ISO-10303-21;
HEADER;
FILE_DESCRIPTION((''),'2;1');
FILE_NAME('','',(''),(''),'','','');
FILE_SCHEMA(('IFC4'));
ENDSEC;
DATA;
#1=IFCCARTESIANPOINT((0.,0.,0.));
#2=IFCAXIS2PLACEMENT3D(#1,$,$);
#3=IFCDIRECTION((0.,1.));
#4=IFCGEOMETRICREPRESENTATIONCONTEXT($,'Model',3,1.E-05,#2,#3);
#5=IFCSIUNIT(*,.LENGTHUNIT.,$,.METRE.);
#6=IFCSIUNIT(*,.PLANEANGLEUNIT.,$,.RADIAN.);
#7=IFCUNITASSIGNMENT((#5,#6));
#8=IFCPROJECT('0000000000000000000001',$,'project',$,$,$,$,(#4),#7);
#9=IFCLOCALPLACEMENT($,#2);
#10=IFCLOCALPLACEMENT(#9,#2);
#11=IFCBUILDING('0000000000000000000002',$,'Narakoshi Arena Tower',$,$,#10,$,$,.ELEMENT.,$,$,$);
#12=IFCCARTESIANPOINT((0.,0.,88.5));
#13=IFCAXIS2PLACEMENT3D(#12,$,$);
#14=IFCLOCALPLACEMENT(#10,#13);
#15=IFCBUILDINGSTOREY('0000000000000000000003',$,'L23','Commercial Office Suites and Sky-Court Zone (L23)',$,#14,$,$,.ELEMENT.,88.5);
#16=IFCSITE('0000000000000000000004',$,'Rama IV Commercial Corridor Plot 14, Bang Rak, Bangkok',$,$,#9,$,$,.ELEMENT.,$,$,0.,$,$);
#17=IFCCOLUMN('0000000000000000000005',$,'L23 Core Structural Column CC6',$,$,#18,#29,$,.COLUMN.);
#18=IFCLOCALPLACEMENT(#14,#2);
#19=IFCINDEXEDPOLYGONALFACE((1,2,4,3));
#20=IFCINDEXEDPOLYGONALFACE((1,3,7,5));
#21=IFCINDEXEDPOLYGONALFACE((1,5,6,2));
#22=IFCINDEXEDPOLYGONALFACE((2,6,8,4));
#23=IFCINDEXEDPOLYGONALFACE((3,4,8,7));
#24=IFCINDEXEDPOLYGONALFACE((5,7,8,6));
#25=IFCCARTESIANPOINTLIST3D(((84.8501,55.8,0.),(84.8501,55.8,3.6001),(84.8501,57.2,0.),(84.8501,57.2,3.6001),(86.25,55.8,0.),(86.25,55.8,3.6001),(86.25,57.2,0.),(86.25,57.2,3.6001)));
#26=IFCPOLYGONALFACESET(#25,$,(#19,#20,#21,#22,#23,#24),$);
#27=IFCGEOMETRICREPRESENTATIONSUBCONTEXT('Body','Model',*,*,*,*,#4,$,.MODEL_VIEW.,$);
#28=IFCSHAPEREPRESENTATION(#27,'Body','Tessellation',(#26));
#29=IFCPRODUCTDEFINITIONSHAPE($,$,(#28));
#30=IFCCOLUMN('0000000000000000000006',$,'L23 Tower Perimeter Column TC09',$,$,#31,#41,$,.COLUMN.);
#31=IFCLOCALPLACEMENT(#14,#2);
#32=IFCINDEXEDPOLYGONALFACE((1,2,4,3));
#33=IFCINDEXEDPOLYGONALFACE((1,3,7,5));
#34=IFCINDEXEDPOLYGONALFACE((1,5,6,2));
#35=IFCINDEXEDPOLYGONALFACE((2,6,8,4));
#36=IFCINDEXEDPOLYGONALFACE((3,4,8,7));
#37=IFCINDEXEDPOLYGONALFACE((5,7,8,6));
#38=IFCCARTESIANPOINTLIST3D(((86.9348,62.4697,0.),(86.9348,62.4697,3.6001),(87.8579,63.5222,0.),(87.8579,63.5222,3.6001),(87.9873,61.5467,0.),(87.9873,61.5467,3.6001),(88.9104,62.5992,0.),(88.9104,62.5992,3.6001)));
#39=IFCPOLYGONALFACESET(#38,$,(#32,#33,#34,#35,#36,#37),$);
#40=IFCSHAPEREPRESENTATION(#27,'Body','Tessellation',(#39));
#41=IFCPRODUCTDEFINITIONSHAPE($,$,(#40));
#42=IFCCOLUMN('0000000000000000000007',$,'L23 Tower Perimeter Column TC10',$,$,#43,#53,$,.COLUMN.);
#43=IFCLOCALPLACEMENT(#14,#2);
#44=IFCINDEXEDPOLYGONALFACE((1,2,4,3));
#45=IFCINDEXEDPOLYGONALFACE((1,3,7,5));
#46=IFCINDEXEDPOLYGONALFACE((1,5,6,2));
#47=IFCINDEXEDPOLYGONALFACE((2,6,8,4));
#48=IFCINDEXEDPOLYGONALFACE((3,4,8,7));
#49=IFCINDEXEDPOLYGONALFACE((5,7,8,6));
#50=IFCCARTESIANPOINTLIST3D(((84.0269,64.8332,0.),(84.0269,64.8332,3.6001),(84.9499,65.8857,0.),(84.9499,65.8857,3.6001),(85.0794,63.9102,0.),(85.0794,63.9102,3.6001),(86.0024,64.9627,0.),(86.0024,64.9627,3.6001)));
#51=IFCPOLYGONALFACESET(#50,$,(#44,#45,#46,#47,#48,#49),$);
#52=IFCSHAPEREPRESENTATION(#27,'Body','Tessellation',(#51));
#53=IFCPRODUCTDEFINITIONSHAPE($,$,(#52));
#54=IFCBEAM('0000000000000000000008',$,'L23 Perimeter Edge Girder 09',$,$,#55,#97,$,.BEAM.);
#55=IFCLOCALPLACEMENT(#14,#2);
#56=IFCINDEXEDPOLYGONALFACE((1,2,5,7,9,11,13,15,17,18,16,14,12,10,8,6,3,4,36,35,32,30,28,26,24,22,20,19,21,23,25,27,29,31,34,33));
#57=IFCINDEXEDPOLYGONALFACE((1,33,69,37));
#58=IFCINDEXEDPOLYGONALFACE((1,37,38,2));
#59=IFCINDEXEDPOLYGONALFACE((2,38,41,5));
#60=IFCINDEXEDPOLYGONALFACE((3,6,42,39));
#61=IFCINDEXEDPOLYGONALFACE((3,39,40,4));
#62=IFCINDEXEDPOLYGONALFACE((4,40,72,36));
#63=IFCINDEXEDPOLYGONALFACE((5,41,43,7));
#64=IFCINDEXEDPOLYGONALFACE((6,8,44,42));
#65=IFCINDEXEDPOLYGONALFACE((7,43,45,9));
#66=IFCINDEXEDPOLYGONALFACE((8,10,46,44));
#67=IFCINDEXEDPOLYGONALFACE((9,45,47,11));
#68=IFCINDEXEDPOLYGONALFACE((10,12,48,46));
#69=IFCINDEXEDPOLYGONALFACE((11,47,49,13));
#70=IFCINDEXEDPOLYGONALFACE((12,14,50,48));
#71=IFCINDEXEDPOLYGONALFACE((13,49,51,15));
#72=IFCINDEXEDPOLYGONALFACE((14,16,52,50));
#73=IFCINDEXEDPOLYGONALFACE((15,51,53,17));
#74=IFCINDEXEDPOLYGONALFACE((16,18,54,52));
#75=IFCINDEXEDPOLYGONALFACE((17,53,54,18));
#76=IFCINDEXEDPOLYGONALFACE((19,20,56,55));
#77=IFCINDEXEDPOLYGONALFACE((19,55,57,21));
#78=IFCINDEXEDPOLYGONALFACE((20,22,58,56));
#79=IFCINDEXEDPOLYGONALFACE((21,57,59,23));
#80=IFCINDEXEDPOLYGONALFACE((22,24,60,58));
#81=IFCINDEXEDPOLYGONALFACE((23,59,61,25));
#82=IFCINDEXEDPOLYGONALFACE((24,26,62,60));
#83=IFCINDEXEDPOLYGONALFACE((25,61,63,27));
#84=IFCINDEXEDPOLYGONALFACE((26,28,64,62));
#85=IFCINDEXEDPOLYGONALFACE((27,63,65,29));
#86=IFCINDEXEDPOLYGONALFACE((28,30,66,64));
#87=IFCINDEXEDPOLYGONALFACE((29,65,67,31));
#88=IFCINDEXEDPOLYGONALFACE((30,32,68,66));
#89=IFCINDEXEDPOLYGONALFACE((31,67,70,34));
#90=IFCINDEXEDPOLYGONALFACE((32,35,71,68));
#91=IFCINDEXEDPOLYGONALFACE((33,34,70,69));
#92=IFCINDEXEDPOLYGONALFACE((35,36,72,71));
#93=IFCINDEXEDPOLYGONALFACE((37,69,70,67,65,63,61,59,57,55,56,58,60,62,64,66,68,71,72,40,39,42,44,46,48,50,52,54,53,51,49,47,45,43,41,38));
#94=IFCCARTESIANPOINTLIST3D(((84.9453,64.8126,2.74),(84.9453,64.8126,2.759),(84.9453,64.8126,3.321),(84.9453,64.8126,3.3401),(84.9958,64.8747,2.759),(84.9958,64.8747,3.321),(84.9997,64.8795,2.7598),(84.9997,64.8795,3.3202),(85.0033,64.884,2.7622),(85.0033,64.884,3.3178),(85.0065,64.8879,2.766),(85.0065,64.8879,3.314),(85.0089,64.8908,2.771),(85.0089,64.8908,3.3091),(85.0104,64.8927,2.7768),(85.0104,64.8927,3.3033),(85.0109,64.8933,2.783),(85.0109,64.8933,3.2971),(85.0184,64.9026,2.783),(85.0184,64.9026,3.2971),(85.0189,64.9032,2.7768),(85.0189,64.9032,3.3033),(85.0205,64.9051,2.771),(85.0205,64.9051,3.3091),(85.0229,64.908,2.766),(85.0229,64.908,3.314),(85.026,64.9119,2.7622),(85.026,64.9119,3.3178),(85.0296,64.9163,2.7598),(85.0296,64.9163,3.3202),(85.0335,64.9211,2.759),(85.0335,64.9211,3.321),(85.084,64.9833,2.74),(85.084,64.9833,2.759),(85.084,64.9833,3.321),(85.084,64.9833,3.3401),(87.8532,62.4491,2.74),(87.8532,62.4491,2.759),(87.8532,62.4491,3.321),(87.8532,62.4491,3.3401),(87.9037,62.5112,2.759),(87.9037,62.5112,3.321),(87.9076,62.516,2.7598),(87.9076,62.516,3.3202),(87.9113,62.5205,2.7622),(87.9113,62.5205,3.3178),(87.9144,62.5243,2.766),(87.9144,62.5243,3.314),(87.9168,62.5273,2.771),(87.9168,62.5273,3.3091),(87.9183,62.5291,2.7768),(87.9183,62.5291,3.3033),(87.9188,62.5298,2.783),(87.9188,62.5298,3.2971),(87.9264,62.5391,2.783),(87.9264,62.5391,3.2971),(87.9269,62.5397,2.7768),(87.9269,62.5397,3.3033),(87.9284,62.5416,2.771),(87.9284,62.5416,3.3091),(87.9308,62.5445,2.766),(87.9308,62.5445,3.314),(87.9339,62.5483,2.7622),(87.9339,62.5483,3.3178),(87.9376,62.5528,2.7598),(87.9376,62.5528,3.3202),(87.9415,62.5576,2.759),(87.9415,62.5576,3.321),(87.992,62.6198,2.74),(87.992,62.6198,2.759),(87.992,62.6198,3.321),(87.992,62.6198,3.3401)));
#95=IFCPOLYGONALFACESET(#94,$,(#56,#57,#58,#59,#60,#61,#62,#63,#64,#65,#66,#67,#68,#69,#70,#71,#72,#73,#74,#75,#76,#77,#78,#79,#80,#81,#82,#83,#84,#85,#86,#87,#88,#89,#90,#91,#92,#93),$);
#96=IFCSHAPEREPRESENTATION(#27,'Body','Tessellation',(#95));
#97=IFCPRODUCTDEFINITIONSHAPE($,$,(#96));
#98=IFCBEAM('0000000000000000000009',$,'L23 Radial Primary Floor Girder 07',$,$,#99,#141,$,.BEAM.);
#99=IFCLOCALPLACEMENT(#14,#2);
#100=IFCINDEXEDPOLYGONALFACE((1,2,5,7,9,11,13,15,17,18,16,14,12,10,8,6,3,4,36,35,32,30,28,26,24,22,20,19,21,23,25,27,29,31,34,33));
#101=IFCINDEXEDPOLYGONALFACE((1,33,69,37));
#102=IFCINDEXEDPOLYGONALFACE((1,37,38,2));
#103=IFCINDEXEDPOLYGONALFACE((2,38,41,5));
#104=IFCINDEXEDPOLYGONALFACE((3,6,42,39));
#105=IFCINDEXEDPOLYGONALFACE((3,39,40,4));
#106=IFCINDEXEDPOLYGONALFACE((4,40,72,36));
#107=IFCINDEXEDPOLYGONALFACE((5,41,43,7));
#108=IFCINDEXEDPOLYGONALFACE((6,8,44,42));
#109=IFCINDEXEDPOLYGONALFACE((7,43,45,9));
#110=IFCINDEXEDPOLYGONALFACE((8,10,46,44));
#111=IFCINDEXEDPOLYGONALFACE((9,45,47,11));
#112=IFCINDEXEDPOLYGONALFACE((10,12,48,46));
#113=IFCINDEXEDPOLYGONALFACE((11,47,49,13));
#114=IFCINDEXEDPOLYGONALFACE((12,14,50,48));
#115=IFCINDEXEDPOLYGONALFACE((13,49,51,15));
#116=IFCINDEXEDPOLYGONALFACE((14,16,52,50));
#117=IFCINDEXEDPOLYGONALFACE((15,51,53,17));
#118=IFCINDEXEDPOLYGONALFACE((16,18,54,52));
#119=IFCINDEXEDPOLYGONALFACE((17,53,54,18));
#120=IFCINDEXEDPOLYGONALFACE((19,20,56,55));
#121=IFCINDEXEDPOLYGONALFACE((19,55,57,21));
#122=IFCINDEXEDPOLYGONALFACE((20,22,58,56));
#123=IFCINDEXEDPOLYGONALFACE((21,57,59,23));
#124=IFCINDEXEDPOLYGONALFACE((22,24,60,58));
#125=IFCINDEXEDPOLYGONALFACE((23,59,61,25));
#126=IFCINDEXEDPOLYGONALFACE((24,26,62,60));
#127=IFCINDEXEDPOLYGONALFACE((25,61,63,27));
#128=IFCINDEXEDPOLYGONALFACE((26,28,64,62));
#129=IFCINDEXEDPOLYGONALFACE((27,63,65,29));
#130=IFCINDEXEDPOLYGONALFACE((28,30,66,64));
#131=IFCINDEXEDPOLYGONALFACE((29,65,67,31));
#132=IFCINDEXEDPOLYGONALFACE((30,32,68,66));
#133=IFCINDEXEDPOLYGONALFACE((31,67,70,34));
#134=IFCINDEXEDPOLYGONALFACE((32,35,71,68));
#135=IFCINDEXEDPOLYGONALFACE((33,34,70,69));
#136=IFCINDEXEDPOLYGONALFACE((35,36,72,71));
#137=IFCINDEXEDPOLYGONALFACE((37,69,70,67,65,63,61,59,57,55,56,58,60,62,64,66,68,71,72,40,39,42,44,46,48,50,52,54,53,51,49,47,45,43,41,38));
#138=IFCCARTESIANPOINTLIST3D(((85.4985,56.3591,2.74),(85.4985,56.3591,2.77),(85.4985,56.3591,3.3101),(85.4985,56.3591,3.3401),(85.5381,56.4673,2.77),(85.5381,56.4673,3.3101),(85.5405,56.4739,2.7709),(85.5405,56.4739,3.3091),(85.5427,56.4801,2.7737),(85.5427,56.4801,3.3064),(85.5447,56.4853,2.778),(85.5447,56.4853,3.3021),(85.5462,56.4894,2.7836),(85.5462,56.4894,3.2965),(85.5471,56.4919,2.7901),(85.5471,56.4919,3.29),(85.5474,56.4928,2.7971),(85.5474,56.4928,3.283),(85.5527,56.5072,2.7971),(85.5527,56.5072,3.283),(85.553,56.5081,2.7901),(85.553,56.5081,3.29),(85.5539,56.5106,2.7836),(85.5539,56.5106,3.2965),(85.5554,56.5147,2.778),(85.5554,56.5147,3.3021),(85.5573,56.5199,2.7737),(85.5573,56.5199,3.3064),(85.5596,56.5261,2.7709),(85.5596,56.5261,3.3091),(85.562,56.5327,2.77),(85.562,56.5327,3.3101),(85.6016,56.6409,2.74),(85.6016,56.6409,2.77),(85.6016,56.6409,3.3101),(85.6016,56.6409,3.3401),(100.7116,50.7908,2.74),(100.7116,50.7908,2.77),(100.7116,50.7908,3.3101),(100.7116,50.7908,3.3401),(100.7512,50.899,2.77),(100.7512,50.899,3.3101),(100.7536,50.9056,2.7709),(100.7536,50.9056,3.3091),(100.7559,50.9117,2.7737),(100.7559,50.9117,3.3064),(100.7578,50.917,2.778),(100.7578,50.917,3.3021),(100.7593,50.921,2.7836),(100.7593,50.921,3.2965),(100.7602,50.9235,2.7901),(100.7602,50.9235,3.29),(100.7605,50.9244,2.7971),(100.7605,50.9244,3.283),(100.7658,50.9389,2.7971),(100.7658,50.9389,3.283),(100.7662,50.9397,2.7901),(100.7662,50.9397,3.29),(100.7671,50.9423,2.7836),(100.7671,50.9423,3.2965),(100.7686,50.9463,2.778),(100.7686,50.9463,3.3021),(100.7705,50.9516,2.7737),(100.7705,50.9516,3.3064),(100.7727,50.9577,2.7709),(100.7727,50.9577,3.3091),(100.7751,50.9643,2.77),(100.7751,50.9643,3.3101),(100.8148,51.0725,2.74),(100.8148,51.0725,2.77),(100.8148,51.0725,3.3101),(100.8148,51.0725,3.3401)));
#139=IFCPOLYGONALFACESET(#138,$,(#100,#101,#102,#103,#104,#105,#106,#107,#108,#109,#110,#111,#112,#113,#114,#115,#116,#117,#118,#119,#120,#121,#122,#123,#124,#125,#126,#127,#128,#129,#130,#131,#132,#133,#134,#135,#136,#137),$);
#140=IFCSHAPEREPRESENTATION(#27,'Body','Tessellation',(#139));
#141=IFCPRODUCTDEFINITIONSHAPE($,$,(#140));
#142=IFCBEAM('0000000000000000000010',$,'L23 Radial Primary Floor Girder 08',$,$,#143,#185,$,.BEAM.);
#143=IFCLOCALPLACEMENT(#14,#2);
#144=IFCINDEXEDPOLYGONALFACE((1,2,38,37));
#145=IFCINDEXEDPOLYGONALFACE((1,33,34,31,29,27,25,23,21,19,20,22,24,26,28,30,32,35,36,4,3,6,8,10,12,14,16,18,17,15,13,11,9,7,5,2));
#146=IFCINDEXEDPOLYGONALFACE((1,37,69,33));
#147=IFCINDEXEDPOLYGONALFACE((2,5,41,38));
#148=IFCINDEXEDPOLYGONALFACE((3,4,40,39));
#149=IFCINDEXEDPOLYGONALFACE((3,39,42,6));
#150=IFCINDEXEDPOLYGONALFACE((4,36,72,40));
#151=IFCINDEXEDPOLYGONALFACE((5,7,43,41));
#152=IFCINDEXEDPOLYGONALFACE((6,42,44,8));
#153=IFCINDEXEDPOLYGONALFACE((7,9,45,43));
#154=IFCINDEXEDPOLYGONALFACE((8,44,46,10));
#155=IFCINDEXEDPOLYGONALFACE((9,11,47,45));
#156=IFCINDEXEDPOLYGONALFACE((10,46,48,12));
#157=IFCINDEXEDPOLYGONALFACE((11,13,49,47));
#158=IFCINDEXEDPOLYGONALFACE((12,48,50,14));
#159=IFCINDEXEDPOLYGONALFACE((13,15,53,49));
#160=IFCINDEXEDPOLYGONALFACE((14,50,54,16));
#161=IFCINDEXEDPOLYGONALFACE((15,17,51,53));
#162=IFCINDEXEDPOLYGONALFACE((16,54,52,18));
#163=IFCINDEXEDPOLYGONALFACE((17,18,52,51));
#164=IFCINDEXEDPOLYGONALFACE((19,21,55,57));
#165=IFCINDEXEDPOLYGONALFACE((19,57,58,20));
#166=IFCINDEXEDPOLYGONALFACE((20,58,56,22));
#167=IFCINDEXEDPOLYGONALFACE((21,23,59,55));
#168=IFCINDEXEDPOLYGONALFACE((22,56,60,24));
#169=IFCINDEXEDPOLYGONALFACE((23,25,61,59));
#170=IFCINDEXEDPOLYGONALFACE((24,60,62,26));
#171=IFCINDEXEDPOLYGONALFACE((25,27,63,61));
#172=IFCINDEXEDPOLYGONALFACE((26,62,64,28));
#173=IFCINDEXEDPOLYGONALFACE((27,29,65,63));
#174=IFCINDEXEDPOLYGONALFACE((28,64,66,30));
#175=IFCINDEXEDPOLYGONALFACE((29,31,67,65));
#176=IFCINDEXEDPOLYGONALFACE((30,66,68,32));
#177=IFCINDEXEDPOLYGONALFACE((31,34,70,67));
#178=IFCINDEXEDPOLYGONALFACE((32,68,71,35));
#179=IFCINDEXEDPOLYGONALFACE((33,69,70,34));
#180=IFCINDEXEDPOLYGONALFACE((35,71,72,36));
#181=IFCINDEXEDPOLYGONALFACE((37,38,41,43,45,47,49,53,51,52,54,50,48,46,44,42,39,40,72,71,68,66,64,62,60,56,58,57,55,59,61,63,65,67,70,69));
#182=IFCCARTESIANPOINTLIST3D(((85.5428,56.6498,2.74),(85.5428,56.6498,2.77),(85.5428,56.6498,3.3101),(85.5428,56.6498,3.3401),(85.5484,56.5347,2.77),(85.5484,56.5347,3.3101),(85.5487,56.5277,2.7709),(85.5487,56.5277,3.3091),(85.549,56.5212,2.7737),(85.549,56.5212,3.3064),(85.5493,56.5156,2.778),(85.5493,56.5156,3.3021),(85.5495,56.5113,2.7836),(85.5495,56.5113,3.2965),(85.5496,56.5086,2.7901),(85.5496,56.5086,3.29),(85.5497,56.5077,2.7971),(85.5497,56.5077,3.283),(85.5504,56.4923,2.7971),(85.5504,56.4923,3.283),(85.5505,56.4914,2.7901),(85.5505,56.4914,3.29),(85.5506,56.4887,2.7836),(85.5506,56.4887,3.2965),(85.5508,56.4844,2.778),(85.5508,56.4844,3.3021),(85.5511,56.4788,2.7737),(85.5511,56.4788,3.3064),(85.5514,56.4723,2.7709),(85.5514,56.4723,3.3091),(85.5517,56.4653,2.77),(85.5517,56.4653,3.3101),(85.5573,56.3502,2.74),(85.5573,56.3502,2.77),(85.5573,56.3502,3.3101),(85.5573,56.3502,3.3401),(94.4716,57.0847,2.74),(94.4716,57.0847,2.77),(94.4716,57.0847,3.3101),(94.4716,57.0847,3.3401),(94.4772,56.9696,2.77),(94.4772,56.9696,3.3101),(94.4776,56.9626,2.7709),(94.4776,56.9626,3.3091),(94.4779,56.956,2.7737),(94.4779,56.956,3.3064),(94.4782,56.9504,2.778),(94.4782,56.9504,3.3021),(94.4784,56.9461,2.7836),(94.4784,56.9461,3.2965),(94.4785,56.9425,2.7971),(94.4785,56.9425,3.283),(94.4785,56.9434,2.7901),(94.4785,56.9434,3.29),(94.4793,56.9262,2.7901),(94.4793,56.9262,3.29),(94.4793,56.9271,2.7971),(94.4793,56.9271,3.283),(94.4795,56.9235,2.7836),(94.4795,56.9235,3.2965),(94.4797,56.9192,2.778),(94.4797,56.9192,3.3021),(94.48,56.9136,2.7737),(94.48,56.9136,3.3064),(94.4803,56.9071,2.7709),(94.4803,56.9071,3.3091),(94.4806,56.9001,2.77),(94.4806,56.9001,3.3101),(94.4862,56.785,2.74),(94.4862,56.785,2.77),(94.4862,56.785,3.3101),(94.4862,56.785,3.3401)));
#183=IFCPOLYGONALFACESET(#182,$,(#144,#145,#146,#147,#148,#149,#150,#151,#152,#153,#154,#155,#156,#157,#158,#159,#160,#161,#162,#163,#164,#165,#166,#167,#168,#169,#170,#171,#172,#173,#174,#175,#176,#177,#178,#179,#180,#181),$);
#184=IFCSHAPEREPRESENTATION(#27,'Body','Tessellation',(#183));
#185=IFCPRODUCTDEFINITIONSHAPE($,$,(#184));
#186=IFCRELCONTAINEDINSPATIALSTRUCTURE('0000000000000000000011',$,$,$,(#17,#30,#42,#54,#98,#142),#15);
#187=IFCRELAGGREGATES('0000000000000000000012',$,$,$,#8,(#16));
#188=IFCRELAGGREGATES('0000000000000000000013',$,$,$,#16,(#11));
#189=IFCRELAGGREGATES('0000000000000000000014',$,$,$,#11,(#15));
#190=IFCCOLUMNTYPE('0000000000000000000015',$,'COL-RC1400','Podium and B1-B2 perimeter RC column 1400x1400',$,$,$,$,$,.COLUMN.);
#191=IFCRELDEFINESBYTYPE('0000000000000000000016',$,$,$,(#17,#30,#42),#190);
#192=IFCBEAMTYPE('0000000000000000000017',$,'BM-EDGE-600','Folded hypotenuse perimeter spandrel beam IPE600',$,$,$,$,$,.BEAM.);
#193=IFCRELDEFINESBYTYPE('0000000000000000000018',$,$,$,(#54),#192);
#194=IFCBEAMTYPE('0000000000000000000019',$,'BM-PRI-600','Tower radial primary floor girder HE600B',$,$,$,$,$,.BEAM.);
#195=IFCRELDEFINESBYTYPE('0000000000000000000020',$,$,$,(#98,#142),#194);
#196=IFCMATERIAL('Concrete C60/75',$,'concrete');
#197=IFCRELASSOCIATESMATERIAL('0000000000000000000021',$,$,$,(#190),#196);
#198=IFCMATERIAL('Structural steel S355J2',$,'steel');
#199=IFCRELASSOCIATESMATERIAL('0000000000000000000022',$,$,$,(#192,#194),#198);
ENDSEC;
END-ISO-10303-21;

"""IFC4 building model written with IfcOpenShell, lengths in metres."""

from ifc_helpers import new_model, si_unit, direction, frame, origin, origin_2d, place, context, subcontext, project, spatial, rectangle, i_section, extrude, material, material_profile, profile_set, type_object, element, save


model = new_model("IFC4")

# Units and contexts
model_context = context("Model", 3, precision=1e-05, world=origin(), true_north=direction((0.0, 1.0)))
body_context = subcontext(model_context, "Body", "Model", "MODEL_VIEW")
ifc_project = project(units=[si_unit("LENGTHUNIT", "METRE"), si_unit("PLANEANGLEUNIT", "RADIAN")], contexts=[model_context])

# Site, building, storey
site_placement = place(None, origin())
site = spatial("IfcSite", under=ifc_project, at=site_placement, Name="Rama IV Commercial Corridor Plot 14, Bang Rak, Bangkok", CompositionType="ELEMENT", RefElevation=0.0)
building_placement = place(site_placement, origin())
building = spatial("IfcBuilding", under=site, at=building_placement, Name="Narakoshi Arena Tower", CompositionType="ELEMENT")
storey_placement = place(building_placement, frame((0.0, 0.0, 88.5)))
storey = spatial("IfcBuildingStorey", under=building, at=storey_placement, Name="L23", Description="Commercial Office Suites and Sky-Court Zone (L23)", CompositionType="ELEMENT", Elevation=88.5)

# Columns
ifc_material_1 = material(Name="Concrete C60/75", Category="concrete")
ifc_material_profile_1 = material_profile(ifc_material_1, rectangle(XDim=1.3999, YDim=1.3999, at=origin_2d()), Name="RC1400x1400")
ifc_profile_set_1 = profile_set([ifc_material_profile_1], Name="Concrete C60/75")
column_type = type_object("IfcColumnType", Name="COL-RC1400", Description="Podium and B1-B2 perimeter RC column 1400x1400", PredefinedType="COLUMN", material=ifc_profile_set_1)
for number, where, z_axis, x_axis, name in (
    (1, (85.55, 56.5, 0.0), (0.0, 0.0, 1.0), (1.0, 0.0, 0.0), "L23 Core Structural Column CC6"),
    (2, (87.9226, 62.5344, 0.0), (0.0, 0.0, 1.0), (0.659346, 0.75184, 0.0), "L23 Tower Perimeter Column TC09"),
    (3, (85.0146, 64.8979, 0.0), (0.0, 0.0, 1.0), (0.659346, 0.75184, 0.0), "L23 Tower Perimeter Column TC10"),
):
    element("IfcColumn", number, at=place(storey_placement, frame(where, z_axis=z_axis, x_axis=x_axis)), inside=storey, type_object=column_type, Name=name, PredefinedType="COLUMN", context=body_context, shape_type="SweptSolid", body=[
        extrude(rectangle(XDim=1.3999, YDim=1.3999, at=origin_2d()), origin(), (0.0, 0.0, 1.0), 3.6001),
    ])

# Beams
ifc_material_2 = material(Name="Structural steel S355J2", Category="steel")
ifc_material_profile_2 = material_profile(ifc_material_2, i_section(OverallWidth=0.22, OverallDepth=0.6001, WebThickness=0.012, FlangeThickness=0.019, FilletRadius=0.0239, at=origin_2d()), Name="IPE600")
ifc_profile_set_2 = profile_set([ifc_material_profile_2], Name="Structural steel S355J2")
beam_type_1 = type_object("IfcBeamType", Name="BM-EDGE-600", Description="Folded hypotenuse perimeter spandrel beam IPE600", PredefinedType="BEAM", material=ifc_profile_set_2)
beam_1_placement = place(storey_placement, frame((87.9226, 62.5344, 3.04), z_axis=(-0.776008, 0.630723, 0.0), x_axis=(-0.630723, -0.776008, 0.0)))
element("IfcBeam", 4, at=beam_1_placement, inside=storey, type_object=beam_type_1, Name="L23 Perimeter Edge Girder 09", PredefinedType="BEAM", context=body_context, shape_type="SweptSolid", body=[
    extrude(i_section(OverallWidth=0.22, OverallDepth=0.6001, WebThickness=0.012, FlangeThickness=0.019, FilletRadius=0.0239, at=origin_2d()), origin(), (0.0, 0.0, 1.0), 3.7473),
])
ifc_material_profile_3 = material_profile(ifc_material_2, i_section(OverallWidth=0.3, OverallDepth=0.6001, WebThickness=0.0154, FlangeThickness=0.03, FilletRadius=0.0271, at=origin_2d()), Name="HE600B")
ifc_profile_set_3 = profile_set([ifc_material_profile_3], Name="Structural steel S355J2")
beam_type_2 = type_object("IfcBeamType", Name="BM-PRI-600", Description="Tower radial primary floor girder HE600B", PredefinedType="BEAM", material=ifc_profile_set_3)
beam_2_placement = place(storey_placement, frame((85.55, 56.5, 3.04), z_axis=(0.939071, -0.343722, 0.0), x_axis=(0.343722, 0.939071, 0.0)))
element("IfcBeam", 5, at=beam_2_placement, inside=storey, type_object=beam_type_2, Name="L23 Radial Primary Floor Girder 07", PredefinedType="BEAM", context=body_context, shape_type="SweptSolid", body=[
    extrude(i_section(OverallWidth=0.3, OverallDepth=0.6001, WebThickness=0.0154, FlangeThickness=0.03, FilletRadius=0.0271, at=origin_2d()), origin(), (0.0, 0.0, 1.0), 16.2002),
])
beam_3_placement = place(storey_placement, frame((85.55, 56.5, 3.04), z_axis=(0.998816, 0.048639, 0.0), x_axis=(-0.048639, 0.998816, 0.0)))
element("IfcBeam", 6, at=beam_3_placement, inside=storey, type_object=beam_type_2, Name="L23 Radial Primary Floor Girder 08", PredefinedType="BEAM", context=body_context, shape_type="SweptSolid", body=[
    extrude(i_section(OverallWidth=0.3, OverallDepth=0.6001, WebThickness=0.0154, FlangeThickness=0.03, FilletRadius=0.0271, at=origin_2d()), origin(), (0.0, 0.0, 1.0), 8.9395),
])

save(model, "model.ifc")
